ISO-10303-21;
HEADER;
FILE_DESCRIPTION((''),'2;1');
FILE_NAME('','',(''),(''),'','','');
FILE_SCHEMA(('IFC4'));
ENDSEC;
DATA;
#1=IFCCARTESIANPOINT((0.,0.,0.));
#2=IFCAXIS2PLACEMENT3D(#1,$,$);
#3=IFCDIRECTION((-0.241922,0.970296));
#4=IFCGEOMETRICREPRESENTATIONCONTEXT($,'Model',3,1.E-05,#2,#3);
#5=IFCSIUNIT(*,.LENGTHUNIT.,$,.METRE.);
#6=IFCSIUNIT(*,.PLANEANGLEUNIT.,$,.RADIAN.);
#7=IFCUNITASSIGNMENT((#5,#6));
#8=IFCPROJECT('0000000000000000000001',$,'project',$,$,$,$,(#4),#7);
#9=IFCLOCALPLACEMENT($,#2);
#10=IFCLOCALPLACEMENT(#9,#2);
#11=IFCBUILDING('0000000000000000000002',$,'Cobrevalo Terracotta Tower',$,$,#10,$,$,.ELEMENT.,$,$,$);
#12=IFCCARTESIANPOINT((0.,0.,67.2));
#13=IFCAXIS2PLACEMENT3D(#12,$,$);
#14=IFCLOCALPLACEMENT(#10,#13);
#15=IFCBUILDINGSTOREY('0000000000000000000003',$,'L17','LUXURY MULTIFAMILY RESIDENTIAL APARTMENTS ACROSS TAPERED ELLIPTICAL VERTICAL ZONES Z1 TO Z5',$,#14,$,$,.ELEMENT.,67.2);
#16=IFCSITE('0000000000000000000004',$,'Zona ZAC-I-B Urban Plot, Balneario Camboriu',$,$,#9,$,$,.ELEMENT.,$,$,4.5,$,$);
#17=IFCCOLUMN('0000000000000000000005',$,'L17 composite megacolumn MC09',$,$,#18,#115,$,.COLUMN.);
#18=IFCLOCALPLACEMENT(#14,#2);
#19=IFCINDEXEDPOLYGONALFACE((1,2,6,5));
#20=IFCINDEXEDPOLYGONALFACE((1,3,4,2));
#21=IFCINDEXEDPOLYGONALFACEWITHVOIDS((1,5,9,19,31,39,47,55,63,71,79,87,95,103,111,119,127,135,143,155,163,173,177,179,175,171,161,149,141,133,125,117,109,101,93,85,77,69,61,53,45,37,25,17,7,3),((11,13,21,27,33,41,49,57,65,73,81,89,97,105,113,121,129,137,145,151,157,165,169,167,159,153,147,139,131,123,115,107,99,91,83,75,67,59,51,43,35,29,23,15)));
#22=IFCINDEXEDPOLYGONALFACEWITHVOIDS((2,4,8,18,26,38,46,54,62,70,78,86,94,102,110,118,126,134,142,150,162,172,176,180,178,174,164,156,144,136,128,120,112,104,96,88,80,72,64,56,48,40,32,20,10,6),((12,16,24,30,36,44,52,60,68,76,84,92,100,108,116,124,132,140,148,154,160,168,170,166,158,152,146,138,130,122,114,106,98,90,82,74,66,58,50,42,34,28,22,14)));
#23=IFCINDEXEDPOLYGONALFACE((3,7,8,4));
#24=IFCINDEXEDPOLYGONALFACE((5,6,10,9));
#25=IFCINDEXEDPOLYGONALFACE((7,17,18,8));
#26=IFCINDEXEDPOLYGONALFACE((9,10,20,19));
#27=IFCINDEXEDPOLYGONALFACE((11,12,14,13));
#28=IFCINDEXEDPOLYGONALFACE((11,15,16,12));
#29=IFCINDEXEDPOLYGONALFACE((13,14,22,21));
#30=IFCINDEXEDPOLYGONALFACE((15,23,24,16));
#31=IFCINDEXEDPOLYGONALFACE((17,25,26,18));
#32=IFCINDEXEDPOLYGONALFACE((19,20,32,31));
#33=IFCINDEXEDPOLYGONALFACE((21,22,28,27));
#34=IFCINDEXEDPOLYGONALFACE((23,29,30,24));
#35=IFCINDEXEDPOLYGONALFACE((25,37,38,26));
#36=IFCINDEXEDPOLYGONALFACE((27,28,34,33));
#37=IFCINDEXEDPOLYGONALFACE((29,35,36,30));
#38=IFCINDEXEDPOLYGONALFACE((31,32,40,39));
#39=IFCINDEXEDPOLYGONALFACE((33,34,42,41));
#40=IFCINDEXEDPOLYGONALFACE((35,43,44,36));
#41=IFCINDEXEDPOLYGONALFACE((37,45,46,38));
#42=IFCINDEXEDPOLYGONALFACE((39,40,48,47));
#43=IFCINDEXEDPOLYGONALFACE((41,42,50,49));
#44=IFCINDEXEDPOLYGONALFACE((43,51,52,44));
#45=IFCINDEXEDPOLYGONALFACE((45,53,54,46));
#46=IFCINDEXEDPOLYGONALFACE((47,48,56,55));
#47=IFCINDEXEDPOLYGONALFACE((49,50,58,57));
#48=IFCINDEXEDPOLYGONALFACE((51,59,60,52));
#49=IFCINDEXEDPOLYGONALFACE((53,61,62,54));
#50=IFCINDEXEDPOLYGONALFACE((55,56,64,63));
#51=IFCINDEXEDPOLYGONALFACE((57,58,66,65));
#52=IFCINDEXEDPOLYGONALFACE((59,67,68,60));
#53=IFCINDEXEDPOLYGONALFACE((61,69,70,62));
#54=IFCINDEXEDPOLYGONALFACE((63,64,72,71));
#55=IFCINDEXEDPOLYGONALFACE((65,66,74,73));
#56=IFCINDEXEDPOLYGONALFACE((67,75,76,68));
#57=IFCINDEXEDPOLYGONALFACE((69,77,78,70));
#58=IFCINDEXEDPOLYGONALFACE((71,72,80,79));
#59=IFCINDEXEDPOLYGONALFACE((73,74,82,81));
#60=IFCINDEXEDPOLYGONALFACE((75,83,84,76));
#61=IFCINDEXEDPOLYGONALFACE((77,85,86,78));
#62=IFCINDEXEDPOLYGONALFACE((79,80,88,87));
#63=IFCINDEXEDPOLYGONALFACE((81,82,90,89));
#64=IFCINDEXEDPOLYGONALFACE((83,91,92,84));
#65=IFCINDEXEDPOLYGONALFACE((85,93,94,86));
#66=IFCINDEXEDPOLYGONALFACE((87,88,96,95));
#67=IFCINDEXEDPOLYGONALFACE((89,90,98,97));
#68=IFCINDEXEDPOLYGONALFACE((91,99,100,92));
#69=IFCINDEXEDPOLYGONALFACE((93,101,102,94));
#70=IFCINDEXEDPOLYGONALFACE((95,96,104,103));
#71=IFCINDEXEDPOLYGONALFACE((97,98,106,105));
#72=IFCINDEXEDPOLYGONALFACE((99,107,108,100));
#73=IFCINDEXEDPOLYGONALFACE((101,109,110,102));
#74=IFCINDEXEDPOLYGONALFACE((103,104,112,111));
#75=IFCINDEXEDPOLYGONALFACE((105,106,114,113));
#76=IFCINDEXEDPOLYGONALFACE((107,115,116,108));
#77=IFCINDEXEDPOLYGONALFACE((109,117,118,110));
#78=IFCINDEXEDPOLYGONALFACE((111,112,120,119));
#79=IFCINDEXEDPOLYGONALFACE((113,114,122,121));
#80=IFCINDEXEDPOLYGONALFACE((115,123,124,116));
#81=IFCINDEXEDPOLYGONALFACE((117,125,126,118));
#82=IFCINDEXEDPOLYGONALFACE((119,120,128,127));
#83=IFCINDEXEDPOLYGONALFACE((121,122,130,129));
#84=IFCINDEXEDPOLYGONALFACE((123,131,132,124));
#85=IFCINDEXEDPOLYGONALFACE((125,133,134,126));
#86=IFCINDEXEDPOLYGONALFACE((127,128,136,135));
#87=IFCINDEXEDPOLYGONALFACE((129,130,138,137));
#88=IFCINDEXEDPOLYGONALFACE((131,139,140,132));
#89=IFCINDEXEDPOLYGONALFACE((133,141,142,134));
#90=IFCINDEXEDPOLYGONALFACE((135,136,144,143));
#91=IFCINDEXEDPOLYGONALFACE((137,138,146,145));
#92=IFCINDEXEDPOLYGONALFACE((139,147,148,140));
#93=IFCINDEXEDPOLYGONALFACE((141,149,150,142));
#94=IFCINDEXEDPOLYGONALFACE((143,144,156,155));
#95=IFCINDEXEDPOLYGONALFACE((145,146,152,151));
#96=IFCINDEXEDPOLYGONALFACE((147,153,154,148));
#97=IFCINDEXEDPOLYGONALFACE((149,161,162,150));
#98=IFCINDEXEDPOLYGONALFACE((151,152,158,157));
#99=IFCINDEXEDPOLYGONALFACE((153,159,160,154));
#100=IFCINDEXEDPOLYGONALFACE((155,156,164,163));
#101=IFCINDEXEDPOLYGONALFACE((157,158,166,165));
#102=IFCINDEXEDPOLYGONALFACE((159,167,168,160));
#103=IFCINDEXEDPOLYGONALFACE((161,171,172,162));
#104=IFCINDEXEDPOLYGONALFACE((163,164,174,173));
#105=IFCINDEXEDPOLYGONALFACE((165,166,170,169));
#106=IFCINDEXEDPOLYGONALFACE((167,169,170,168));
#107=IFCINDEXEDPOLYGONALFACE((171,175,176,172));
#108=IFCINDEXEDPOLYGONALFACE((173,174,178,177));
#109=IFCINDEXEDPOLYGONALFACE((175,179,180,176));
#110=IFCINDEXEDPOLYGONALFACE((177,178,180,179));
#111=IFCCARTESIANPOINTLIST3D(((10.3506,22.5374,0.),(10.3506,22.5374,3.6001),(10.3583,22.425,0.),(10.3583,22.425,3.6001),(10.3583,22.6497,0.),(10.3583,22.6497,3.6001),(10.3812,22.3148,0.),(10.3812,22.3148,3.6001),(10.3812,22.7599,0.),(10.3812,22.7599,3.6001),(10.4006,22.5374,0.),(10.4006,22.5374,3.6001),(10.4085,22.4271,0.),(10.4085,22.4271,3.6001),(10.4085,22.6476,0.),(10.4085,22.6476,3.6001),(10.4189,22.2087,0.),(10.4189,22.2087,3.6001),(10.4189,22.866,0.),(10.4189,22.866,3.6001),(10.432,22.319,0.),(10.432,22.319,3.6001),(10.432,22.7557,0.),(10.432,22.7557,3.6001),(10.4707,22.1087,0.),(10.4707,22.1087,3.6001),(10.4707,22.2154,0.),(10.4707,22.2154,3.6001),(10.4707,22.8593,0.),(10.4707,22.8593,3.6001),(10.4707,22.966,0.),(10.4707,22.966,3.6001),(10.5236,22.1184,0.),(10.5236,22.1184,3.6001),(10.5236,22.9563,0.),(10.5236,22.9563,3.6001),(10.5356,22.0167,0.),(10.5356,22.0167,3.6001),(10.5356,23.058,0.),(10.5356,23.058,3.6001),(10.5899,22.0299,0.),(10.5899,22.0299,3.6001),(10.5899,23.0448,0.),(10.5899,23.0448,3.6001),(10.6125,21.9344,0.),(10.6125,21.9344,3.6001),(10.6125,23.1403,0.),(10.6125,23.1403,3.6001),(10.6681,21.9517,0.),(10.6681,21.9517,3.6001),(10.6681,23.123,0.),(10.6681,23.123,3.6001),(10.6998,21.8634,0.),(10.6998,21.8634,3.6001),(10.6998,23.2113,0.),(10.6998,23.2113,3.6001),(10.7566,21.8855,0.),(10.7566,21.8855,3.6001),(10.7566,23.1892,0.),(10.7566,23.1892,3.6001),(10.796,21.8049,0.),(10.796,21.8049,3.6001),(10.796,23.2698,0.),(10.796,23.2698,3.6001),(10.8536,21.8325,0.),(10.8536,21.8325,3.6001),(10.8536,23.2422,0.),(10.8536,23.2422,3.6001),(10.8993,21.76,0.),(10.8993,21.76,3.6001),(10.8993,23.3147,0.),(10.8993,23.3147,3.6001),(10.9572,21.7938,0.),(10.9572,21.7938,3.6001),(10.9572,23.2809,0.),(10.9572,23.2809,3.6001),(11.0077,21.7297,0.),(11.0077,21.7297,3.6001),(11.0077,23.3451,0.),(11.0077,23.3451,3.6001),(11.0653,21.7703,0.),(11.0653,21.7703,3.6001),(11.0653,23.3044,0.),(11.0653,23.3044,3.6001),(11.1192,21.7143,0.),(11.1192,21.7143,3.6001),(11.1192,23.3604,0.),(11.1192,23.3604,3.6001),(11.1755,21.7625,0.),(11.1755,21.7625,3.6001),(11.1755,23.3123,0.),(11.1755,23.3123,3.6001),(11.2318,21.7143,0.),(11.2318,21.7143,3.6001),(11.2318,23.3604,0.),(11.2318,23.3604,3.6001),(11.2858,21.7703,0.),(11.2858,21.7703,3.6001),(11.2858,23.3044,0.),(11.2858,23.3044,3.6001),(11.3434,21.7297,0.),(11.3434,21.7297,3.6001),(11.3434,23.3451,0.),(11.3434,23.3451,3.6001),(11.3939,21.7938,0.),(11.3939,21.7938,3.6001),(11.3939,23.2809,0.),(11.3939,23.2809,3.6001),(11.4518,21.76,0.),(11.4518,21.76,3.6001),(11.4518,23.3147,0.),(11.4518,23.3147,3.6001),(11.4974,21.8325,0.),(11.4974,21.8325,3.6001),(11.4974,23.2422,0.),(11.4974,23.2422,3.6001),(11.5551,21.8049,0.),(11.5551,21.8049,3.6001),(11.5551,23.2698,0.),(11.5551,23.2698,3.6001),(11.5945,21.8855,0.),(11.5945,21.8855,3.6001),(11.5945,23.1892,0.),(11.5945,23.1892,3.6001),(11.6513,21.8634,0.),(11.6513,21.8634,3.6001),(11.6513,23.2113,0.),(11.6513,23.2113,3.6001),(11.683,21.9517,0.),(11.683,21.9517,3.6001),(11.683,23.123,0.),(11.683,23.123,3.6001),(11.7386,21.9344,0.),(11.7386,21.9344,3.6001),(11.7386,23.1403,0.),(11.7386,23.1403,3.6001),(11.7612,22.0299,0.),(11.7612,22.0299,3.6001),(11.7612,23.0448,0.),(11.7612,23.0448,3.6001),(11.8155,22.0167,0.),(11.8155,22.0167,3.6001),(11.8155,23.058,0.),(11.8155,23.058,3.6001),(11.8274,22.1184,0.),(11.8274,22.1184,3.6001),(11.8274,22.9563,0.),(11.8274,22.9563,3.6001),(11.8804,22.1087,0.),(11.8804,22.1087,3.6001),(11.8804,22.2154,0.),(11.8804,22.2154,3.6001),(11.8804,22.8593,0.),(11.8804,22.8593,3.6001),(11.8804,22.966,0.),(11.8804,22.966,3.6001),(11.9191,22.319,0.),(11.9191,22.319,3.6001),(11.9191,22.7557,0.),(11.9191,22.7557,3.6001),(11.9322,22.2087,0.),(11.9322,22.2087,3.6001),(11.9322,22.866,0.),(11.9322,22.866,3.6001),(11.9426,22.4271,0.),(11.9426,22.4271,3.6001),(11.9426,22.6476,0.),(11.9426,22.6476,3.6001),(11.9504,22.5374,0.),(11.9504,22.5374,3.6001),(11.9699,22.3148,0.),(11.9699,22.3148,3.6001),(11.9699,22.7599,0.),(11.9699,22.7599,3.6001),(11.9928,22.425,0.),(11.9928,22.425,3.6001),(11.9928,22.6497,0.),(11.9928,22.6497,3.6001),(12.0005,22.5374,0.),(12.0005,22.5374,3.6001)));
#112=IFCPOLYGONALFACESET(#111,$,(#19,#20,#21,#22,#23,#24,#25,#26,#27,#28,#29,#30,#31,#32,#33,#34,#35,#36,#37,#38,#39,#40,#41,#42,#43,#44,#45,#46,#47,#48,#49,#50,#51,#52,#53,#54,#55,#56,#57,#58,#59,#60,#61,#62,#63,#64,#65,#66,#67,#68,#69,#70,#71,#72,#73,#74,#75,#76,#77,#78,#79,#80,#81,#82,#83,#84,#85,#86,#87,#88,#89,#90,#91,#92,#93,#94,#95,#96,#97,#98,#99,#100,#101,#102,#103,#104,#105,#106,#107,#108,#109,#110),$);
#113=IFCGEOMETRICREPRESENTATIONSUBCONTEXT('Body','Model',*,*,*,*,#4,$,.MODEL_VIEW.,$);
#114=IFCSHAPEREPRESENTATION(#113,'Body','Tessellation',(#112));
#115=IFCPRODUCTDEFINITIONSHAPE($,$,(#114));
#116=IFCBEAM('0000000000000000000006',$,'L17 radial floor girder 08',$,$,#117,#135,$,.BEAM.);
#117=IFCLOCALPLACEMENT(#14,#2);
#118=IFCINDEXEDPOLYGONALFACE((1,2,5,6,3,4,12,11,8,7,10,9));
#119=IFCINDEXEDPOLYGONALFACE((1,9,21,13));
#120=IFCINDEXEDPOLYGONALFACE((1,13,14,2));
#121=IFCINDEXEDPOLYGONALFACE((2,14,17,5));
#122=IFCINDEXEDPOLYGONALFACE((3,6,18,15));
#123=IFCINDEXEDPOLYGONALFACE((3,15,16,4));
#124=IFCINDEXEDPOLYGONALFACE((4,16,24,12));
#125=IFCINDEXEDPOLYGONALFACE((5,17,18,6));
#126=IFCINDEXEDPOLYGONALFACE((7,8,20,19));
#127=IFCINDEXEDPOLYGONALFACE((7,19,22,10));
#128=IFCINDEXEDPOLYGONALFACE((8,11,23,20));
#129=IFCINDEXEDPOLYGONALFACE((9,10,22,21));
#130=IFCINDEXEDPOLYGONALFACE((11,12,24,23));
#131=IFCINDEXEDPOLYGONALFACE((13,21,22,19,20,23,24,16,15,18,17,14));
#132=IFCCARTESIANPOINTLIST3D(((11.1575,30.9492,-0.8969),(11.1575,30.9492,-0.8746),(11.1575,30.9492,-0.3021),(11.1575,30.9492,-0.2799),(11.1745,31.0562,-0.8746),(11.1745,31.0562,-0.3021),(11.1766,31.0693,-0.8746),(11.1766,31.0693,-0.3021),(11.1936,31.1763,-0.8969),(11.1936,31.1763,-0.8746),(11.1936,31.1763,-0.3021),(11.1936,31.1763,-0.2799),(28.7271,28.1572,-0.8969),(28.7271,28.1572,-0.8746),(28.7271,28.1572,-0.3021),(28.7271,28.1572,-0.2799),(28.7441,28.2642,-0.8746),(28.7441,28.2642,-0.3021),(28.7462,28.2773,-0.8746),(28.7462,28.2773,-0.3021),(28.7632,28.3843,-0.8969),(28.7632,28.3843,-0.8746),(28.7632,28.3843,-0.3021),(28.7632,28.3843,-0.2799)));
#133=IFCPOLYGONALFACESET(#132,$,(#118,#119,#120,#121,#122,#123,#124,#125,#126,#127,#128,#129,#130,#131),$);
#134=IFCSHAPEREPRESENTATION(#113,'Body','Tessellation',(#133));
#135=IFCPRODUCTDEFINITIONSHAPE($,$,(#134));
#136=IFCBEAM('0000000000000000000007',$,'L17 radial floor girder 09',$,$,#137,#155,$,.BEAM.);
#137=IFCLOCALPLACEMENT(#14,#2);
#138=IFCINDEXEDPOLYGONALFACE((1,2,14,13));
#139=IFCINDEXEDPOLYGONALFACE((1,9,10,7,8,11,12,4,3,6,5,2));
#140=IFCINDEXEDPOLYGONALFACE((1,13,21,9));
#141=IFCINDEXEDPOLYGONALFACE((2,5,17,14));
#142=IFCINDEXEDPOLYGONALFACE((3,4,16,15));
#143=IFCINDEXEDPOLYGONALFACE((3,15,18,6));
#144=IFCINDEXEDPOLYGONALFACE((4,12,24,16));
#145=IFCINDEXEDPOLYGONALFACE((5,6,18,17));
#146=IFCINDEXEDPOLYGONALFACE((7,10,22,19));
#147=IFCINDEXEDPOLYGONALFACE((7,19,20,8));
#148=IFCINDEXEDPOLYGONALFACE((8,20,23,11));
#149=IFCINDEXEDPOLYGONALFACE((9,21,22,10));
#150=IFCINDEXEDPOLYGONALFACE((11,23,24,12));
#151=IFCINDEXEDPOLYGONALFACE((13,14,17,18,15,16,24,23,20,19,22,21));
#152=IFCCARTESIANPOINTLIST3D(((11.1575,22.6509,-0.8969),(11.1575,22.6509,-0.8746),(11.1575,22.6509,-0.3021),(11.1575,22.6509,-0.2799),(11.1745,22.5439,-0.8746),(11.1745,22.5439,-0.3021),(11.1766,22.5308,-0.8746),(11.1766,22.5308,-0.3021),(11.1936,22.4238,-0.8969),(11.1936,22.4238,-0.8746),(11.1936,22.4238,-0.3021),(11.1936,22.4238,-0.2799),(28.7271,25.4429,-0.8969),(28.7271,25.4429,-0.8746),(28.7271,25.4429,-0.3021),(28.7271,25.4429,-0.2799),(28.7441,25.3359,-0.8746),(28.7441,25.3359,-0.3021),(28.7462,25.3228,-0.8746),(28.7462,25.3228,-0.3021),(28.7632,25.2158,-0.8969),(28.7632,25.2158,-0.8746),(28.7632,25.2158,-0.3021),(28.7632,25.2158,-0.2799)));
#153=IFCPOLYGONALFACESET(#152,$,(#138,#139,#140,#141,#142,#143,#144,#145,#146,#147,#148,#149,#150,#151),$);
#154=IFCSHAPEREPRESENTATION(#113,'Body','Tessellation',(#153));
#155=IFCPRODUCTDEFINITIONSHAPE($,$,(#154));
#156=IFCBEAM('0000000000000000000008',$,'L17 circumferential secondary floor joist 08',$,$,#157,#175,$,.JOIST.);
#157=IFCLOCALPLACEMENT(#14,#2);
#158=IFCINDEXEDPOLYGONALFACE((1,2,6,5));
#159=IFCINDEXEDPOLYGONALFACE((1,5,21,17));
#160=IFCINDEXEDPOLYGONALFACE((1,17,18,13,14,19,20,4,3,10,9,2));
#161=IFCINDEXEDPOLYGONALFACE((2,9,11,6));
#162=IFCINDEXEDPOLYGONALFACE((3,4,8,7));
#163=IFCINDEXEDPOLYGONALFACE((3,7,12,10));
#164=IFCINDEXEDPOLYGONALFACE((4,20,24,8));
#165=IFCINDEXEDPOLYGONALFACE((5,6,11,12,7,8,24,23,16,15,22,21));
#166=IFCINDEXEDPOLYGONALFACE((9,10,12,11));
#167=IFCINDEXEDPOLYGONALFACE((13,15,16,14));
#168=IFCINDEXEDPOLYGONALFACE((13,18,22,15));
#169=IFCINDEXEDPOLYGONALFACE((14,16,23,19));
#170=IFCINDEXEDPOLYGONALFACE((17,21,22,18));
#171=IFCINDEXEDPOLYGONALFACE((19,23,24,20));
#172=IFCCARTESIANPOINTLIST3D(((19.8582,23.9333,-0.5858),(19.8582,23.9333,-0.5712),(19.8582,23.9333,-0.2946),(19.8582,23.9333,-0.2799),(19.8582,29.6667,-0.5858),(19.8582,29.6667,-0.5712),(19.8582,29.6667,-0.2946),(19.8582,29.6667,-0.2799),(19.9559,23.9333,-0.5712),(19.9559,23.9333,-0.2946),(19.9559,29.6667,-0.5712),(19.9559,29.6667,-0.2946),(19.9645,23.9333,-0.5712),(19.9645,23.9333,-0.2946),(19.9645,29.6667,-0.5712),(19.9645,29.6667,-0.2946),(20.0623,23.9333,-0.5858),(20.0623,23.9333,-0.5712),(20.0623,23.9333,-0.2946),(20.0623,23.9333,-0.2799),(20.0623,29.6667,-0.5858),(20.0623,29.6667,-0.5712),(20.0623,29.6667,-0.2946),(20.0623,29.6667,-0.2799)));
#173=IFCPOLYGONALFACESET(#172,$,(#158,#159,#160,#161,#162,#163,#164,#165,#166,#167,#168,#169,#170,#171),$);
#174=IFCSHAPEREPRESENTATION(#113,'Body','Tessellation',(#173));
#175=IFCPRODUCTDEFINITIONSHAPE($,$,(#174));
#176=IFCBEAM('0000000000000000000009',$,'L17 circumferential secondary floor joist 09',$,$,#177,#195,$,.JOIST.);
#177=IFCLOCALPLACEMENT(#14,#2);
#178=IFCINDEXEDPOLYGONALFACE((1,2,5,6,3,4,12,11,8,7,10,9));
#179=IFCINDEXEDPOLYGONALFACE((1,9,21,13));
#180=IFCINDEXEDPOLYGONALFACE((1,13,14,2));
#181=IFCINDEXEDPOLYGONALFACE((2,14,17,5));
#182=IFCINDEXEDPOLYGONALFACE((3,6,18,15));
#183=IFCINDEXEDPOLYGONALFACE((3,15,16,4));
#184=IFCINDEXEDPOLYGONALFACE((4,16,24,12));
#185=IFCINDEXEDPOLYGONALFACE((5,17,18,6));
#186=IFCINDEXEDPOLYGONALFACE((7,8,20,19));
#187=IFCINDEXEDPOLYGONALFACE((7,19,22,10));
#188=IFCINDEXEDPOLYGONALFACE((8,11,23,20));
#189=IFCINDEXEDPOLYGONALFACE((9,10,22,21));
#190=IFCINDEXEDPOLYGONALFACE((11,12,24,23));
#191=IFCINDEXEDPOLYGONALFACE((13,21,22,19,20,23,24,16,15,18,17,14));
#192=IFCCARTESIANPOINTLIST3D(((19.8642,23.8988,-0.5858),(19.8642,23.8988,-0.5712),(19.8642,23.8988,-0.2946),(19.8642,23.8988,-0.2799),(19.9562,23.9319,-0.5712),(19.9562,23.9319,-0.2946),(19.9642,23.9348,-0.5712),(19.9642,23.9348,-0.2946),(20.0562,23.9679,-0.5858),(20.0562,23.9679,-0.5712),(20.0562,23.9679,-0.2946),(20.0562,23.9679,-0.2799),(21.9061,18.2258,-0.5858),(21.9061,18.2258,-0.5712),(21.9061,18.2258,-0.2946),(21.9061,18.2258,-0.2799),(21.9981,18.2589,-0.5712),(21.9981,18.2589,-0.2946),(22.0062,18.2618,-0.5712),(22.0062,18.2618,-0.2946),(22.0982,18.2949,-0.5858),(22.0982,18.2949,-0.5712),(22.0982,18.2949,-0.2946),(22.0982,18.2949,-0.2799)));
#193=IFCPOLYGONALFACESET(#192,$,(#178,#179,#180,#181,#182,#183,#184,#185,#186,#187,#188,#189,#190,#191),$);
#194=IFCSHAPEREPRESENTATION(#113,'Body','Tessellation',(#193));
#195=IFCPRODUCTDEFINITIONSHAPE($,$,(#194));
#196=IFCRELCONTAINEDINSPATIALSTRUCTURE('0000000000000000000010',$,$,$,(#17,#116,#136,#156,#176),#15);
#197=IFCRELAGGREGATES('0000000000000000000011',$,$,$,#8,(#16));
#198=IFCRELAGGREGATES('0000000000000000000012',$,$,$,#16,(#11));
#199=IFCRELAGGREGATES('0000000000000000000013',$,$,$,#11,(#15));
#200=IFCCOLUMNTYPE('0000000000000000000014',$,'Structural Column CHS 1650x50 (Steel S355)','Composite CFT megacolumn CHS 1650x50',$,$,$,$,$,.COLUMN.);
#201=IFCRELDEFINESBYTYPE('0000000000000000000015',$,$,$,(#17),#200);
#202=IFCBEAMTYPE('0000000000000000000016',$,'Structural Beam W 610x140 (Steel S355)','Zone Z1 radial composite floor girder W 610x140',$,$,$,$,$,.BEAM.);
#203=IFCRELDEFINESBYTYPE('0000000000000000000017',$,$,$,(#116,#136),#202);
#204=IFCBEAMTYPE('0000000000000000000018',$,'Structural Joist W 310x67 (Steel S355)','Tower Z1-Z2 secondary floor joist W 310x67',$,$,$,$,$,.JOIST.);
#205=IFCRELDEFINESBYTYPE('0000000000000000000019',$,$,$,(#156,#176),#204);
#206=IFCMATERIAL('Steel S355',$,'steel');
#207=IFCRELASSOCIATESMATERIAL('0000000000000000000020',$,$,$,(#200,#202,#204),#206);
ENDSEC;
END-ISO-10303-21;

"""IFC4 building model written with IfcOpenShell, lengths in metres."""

from ifc_helpers import new_model, si_unit, direction, frame, origin, origin_2d, place, context, subcontext, project, spatial, hollow_circle, i_section, extrude, material, material_profile, profile_set, type_object, element, save


model = new_model("IFC4")

# Units and contexts
model_context = context("Model", 3, precision=1e-05, world=origin(), true_north=direction((-0.241922, 0.970296)))
body_context = subcontext(model_context, "Body", "Model", "MODEL_VIEW")
ifc_project = project(units=[si_unit("LENGTHUNIT", "METRE"), si_unit("PLANEANGLEUNIT", "RADIAN")], contexts=[model_context])

# Site, building, storey
site_placement = place(None, origin())
site = spatial("IfcSite", under=ifc_project, at=site_placement, Name="Zona ZAC-I-B Urban Plot, Balneario Camboriu", CompositionType="ELEMENT", RefElevation=4.5)
building_placement = place(site_placement, origin())
building = spatial("IfcBuilding", under=site, at=building_placement, Name="Cobrevalo Terracotta Tower", CompositionType="ELEMENT")
storey_placement = place(building_placement, frame((0.0, 0.0, 67.2)))
storey = spatial("IfcBuildingStorey", under=building, at=storey_placement, Name="L17", Description="LUXURY MULTIFAMILY RESIDENTIAL APARTMENTS ACROSS TAPERED ELLIPTICAL VERTICAL ZONES Z1 TO Z5", CompositionType="ELEMENT", Elevation=67.2)

# Column
ifc_material_1 = material(Name="Steel S355", Category="steel")
ifc_material_profile_1 = material_profile(ifc_material_1, hollow_circle(Radius=0.825, WallThickness=0.05, at=origin_2d()), Name="CHS 1650x50")
ifc_profile_set_1 = profile_set([ifc_material_profile_1], Name="Steel S355")
column_type = type_object("IfcColumnType", Name="Structural Column CHS 1650x50 (Steel S355)", Description="Composite CFT megacolumn CHS 1650x50", PredefinedType="COLUMN", material=ifc_profile_set_1)
for number, where, z_axis, x_axis, name in (
    (1, (11.1755, 22.5374, 0.0), (0.0, 0.0, 1.0), (1.0, 0.0, 0.0), "L17 composite megacolumn MC09"),
):
    element("IfcColumn", number, at=place(storey_placement, frame(where, z_axis=z_axis, x_axis=x_axis)), inside=storey, type_object=column_type, Name=name, PredefinedType="COLUMN", context=body_context, shape_type="SweptSolid", body=[
        extrude(hollow_circle(Radius=0.825, WallThickness=0.05, at=origin_2d()), origin(), (0.0, 0.0, 1.0), 3.6001),
    ])

# Beams
ifc_material_profile_2 = material_profile(ifc_material_1, i_section(OverallWidth=0.23, OverallDepth=0.6169, WebThickness=0.0132, FlangeThickness=0.0222, at=origin_2d()), Name="W 610x140")
ifc_profile_set_2 = profile_set([ifc_material_profile_2], Name="Steel S355")
beam_type_1 = type_object("IfcBeamType", Name="Structural Beam W 610x140 (Steel S355)", Description="Zone Z1 radial composite floor girder W 610x140", PredefinedType="BEAM", material=ifc_profile_set_2)
for number, where, z_axis, x_axis, name in (
    (2, (11.1755, 31.0627, -0.5884), (0.987608, -0.156941, 0.0), (0.156941, 0.987608, 0.0), "L17 radial floor girder 08"),
    (3, (11.1755, 22.5374, -0.5884), (0.987608, 0.156941, 0.0), (-0.156941, 0.987608, 0.0), "L17 radial floor girder 09"),
):
    element("IfcBeam", number, at=place(storey_placement, frame(where, z_axis=z_axis, x_axis=x_axis)), inside=storey, type_object=beam_type_1, Name=name, PredefinedType="BEAM", context=body_context, shape_type="SweptSolid", body=[
        extrude(i_section(OverallWidth=0.23, OverallDepth=0.6169, WebThickness=0.0132, FlangeThickness=0.0222, at=origin_2d()), origin(), (0.0, 0.0, 1.0), 17.79),
    ])
ifc_material_profile_3 = material_profile(ifc_material_1, i_section(OverallWidth=0.2041, OverallDepth=0.3059, WebThickness=0.0085, FlangeThickness=0.0146, at=origin_2d()), Name="W 310x67")
ifc_profile_set_3 = profile_set([ifc_material_profile_3], Name="Steel S355")
beam_type_2 = type_object("IfcBeamType", Name="Structural Joist W 310x67 (Steel S355)", Description="Tower Z1-Z2 secondary floor joist W 310x67", PredefinedType="JOIST", material=ifc_profile_set_3)
beam_1_placement = place(storey_placement, frame((19.9602, 29.6667, -0.4329), z_axis=(0.0, -1.0, 0.0), x_axis=(1.0, 0.0, 0.0)))
element("IfcBeam", 4, at=beam_1_placement, inside=storey, type_object=beam_type_2, Name="L17 circumferential secondary floor joist 08", PredefinedType="JOIST", context=body_context, shape_type="SweptSolid", body=[
    extrude(i_section(OverallWidth=0.2041, OverallDepth=0.3059, WebThickness=0.0085, FlangeThickness=0.0146, at=origin_2d()), origin(), (0.0, 0.0, 1.0), 5.7334),
])
beam_2_placement = place(storey_placement, frame((19.9602, 23.9333, -0.4329), z_axis=(0.338672, -0.940904, 0.0), x_axis=(0.940904, 0.338672, 0.0)))
element("IfcBeam", 5, at=beam_2_placement, inside=storey, type_object=beam_type_2, Name="L17 circumferential secondary floor joist 09", PredefinedType="JOIST", context=body_context, shape_type="SweptSolid", body=[
    extrude(i_section(OverallWidth=0.2041, OverallDepth=0.3059, WebThickness=0.0085, FlangeThickness=0.0146, at=origin_2d()), origin(), (0.0, 0.0, 1.0), 6.0293),
])

save(model, "model.ifc")
